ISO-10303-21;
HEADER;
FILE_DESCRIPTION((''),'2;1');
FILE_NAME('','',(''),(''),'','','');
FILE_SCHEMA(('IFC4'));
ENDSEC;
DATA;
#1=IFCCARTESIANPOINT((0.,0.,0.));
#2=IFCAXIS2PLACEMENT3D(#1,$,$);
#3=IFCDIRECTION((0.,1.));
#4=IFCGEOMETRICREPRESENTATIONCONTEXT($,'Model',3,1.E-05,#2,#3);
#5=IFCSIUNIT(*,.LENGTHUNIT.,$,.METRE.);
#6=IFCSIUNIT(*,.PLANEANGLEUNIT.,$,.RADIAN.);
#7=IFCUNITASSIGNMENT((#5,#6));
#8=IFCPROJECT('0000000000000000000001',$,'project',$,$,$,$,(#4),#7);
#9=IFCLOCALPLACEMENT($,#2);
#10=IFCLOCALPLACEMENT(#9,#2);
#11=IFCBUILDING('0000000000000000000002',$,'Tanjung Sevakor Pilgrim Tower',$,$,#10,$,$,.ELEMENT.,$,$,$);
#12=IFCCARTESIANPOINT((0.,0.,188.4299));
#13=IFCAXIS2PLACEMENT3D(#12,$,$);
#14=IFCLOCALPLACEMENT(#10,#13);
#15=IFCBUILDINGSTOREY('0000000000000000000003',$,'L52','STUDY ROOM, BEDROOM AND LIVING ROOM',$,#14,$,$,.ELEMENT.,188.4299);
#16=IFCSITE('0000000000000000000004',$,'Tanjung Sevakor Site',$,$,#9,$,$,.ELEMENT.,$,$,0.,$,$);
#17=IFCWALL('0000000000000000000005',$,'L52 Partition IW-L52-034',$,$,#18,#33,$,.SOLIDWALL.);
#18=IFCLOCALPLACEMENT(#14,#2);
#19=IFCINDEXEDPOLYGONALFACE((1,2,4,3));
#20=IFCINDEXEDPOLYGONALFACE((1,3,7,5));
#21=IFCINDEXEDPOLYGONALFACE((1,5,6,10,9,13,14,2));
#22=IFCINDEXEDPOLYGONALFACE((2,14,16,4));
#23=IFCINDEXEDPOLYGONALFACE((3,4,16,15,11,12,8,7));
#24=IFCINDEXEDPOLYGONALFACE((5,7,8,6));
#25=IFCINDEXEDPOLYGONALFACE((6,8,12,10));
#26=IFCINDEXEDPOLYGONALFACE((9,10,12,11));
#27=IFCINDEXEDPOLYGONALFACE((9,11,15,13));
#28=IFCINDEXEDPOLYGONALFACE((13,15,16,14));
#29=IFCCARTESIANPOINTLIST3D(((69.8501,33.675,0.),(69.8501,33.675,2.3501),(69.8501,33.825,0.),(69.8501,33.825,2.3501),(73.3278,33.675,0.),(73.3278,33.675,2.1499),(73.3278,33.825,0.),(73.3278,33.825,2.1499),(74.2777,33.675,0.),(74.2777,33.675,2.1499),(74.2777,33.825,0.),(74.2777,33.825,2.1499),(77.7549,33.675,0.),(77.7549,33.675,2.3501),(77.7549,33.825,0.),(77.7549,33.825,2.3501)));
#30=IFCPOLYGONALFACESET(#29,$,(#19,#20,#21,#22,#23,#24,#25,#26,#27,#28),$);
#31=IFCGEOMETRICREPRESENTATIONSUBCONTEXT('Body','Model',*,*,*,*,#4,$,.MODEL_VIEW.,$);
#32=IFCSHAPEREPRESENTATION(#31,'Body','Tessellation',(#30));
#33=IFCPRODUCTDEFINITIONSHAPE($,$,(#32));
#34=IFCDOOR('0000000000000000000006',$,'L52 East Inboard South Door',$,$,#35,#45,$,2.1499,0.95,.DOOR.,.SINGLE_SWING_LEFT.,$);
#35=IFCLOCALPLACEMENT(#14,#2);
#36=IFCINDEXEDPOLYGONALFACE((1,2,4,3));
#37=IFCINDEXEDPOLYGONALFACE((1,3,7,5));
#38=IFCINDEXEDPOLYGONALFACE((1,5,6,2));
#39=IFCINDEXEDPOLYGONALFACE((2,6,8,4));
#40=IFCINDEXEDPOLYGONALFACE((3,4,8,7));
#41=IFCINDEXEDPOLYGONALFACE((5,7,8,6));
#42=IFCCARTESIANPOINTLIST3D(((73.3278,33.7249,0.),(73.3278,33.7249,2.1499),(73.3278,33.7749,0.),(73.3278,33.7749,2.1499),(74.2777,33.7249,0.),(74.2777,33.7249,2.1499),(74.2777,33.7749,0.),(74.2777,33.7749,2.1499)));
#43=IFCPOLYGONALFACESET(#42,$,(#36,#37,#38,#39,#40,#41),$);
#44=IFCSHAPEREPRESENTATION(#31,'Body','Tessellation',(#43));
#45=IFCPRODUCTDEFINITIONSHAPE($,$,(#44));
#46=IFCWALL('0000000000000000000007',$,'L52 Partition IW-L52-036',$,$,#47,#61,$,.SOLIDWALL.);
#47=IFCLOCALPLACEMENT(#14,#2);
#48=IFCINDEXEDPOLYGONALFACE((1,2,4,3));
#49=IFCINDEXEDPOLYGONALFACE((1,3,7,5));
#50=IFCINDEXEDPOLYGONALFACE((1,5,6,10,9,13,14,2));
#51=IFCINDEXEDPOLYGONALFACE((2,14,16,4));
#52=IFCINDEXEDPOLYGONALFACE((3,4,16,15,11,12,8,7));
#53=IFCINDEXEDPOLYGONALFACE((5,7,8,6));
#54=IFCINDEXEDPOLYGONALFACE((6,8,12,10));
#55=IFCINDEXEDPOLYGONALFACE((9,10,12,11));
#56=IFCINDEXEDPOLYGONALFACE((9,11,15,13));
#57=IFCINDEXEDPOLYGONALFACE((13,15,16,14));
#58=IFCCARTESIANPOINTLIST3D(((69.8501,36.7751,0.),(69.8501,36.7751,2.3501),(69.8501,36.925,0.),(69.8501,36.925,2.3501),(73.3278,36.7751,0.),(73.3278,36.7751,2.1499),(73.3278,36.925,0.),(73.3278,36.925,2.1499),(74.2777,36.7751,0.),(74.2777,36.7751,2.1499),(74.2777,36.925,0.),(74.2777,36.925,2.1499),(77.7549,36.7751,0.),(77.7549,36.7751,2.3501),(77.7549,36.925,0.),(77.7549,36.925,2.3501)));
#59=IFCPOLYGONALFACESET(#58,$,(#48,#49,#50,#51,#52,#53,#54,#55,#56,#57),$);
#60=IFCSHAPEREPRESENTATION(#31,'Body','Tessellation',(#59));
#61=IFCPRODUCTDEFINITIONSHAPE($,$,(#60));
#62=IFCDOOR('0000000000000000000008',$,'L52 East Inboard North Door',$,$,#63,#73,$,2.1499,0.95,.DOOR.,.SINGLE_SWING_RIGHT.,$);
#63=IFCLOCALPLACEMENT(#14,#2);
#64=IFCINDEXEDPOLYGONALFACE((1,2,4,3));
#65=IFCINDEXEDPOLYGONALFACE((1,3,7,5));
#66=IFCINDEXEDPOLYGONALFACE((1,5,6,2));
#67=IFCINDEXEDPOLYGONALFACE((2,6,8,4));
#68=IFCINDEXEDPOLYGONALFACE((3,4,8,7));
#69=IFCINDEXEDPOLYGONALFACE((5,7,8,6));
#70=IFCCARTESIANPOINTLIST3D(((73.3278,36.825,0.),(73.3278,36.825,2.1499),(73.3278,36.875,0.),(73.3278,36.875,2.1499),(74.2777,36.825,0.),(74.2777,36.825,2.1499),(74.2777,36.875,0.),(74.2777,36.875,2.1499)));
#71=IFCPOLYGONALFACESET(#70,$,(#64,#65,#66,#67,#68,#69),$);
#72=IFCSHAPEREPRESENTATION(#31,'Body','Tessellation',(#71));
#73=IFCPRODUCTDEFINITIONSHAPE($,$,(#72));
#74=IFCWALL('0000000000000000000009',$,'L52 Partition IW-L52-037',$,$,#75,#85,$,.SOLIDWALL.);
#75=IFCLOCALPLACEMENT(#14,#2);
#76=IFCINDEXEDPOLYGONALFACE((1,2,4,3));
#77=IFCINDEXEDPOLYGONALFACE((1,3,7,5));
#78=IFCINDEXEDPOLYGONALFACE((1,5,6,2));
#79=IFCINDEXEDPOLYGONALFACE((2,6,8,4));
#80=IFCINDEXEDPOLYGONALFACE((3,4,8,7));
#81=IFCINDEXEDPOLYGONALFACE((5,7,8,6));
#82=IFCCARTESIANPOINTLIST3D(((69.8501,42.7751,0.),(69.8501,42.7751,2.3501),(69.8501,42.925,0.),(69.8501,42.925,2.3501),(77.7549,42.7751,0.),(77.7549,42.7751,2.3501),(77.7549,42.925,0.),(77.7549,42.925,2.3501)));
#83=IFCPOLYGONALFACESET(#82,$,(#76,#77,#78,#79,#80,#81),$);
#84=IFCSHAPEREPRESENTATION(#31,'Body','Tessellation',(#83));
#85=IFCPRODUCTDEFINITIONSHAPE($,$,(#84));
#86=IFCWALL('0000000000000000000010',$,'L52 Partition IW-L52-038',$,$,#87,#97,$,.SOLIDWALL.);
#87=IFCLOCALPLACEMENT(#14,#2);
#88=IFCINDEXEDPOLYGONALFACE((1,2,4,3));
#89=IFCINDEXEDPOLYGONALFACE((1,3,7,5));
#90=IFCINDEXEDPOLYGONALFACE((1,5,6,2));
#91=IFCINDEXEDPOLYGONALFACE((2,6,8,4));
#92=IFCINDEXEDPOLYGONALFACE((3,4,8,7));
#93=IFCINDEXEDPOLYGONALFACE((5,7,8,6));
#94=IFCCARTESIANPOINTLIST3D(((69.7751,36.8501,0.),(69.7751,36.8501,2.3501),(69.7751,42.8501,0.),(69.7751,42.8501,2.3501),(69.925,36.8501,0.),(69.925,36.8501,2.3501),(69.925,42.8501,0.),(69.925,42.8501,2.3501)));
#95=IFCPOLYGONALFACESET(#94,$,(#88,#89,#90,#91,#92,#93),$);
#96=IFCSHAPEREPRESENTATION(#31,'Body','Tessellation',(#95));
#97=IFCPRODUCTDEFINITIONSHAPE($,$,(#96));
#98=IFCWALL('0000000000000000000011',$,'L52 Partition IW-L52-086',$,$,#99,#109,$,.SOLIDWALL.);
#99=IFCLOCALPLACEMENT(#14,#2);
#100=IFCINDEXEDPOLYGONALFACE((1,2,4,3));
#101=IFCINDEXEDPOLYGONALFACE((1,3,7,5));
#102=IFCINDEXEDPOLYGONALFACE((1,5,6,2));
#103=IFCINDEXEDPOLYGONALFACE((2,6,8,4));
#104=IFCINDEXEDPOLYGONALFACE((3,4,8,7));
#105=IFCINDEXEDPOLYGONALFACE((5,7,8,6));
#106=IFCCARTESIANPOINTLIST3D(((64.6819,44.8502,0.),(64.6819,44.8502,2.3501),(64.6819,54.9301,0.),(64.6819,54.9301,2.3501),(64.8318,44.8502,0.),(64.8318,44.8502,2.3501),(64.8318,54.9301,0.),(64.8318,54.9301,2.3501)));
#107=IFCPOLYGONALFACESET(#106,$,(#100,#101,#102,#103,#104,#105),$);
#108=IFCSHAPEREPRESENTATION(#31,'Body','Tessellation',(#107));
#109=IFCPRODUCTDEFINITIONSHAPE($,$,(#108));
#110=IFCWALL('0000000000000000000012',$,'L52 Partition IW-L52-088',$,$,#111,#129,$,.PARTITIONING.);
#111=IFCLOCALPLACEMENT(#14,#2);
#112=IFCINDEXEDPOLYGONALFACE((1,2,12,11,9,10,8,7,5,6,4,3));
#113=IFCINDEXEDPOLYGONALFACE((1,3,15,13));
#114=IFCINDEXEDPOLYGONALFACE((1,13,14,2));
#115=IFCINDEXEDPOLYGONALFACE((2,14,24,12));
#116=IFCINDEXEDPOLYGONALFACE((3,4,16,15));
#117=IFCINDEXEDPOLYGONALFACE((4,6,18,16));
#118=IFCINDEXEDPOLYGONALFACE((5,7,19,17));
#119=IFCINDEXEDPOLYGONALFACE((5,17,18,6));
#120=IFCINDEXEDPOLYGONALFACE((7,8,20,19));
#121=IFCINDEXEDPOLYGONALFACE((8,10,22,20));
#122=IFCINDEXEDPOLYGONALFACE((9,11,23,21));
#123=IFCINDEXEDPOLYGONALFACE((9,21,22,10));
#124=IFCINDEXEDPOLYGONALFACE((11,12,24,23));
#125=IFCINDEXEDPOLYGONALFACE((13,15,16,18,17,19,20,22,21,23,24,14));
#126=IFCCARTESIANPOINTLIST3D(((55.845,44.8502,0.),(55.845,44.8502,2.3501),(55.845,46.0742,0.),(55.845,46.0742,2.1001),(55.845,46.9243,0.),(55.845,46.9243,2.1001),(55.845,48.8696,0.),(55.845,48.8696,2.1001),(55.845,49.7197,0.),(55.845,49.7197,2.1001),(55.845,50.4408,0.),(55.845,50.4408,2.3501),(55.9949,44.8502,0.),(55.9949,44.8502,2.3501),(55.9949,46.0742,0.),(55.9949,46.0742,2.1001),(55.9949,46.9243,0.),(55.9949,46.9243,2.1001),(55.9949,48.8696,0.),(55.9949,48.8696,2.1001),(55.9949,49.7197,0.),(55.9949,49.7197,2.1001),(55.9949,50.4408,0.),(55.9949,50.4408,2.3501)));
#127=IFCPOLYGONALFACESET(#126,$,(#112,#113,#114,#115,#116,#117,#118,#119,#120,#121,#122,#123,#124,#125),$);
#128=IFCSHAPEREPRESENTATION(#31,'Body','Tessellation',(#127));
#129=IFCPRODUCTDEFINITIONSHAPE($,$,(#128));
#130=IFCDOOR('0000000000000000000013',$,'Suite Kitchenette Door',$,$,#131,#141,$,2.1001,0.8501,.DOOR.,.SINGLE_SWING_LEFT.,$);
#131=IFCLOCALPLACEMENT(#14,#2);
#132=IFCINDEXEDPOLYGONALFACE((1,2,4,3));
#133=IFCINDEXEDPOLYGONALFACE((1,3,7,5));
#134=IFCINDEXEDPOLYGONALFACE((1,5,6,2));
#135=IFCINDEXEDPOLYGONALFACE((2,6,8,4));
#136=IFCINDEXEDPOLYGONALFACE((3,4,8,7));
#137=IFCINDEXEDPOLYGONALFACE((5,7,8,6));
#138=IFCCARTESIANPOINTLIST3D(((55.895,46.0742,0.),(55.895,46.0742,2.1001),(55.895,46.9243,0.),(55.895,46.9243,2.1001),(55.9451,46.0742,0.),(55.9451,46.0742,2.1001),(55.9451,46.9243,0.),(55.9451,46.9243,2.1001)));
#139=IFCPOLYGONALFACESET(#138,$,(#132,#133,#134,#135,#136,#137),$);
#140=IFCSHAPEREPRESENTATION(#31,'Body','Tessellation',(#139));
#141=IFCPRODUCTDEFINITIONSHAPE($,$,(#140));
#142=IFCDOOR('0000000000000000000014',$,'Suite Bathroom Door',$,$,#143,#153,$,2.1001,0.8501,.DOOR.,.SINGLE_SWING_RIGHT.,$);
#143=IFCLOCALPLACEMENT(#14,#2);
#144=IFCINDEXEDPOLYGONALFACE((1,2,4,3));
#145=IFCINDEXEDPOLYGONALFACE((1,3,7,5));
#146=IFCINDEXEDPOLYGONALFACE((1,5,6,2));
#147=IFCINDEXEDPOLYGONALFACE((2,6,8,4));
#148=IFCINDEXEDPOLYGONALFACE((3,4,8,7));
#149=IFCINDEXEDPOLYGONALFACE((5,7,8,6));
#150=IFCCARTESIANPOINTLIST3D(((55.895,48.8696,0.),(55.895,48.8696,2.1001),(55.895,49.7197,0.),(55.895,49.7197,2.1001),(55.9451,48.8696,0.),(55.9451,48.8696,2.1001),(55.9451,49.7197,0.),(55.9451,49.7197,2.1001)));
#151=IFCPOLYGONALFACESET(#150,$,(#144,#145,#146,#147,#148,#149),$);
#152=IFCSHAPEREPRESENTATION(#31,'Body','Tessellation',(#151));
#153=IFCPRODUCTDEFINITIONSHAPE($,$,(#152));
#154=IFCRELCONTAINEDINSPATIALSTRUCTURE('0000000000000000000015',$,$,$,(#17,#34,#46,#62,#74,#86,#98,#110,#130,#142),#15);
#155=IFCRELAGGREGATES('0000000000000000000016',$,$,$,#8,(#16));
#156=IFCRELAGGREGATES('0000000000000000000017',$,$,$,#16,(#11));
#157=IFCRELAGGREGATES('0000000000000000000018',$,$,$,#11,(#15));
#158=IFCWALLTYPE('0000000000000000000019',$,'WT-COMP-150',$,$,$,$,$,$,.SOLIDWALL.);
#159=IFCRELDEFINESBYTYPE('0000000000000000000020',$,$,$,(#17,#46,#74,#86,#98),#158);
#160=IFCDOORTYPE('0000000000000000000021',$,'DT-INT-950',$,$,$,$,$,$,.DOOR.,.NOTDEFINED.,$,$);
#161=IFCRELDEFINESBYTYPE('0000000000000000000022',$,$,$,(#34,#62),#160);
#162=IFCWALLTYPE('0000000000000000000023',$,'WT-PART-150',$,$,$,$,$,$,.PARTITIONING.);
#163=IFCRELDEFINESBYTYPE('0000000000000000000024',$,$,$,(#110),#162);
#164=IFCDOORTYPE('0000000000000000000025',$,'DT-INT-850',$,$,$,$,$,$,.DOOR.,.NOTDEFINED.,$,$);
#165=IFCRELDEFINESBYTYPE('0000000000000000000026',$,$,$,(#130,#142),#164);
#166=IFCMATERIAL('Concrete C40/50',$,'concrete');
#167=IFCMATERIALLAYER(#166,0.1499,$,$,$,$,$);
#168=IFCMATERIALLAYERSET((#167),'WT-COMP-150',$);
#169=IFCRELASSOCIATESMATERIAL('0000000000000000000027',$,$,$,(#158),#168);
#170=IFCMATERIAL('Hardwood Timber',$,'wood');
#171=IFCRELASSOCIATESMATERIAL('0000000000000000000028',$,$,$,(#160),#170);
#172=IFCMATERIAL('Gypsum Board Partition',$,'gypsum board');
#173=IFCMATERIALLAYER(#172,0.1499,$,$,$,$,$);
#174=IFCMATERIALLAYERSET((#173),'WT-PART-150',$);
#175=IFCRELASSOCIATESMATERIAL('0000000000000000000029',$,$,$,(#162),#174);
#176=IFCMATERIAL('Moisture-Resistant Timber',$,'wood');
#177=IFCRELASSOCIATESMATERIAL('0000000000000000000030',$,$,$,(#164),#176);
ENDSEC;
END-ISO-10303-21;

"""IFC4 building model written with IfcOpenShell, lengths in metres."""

from ifc_helpers import new_model, si_unit, direction, frame, frame_2d, origin, place, context, subcontext, project, spatial, rectangle, extrude, material, layer, layer_set, type_object, element, fill, save


model = new_model("IFC4")

# Units and contexts
model_context = context("Model", 3, precision=1e-05, world=origin(), true_north=direction((0.0, 1.0)))
body_context = subcontext(model_context, "Body", "Model", "MODEL_VIEW")
ifc_project = project(units=[si_unit("LENGTHUNIT", "METRE"), si_unit("PLANEANGLEUNIT", "RADIAN")], contexts=[model_context])

# Site, building, storey
site_placement = place(None, origin())
site = spatial("IfcSite", under=ifc_project, at=site_placement, Name="Tanjung Sevakor Site", CompositionType="ELEMENT", RefElevation=0.0)
building_placement = place(site_placement, origin())
building = spatial("IfcBuilding", under=site, at=building_placement, Name="Tanjung Sevakor Pilgrim Tower", CompositionType="ELEMENT")
storey_placement = place(building_placement, frame((0.0, 0.0, 188.4299)))
storey = spatial("IfcBuildingStorey", under=building, at=storey_placement, Name="L52", Description="STUDY ROOM, BEDROOM AND LIVING ROOM", CompositionType="ELEMENT", Elevation=188.4299)

# Walls, openings, doors
ifc_material_1 = material(Name="Concrete C40/50", Category="concrete")
ifc_layer_1 = layer(ifc_material_1, 0.1499)
ifc_layer_set_1 = layer_set([ifc_layer_1], Name="WT-COMP-150")
wall_type_1 = type_object("IfcWallType", Name="WT-COMP-150", PredefinedType="SOLIDWALL", material=ifc_layer_set_1)
wall_1_placement = place(storey_placement, frame((69.8501, 33.75, 0.0), z_axis=(0.0, 0.0, 1.0), x_axis=(1.0, 0.0, 0.0)))
wall_1 = element("IfcWall", 1, at=wall_1_placement, inside=storey, type_object=wall_type_1, Name="L52 Partition IW-L52-034", PredefinedType="SOLIDWALL", context=body_context, shape_type="SweptSolid", body=[
    extrude(rectangle(XDim=7.9048, YDim=0.1499, at=frame_2d((3.9524, 0.0))), origin(), (0.0, 0.0, 1.0), 2.3501),
])
opening_1_placement = place(wall_1_placement, frame((3.4775, 0.0, 0.0)))
opening_1 = element("IfcOpeningElement", 2, at=opening_1_placement, cuts=wall_1, PredefinedType="OPENING", context=body_context, shape_type="SweptSolid", body=[
    extrude(rectangle(XDim=0.95, YDim=2.1499, at=frame_2d((0.4751, 1.075))), frame((0.0, 0.085, 0.0), z_axis=(0.0, -1.0, 0.0), x_axis=(1.0, 0.0, 0.0)), (0.0, 0.0, 1.0), 0.1699),
])
ifc_material_2 = material(Name="Hardwood Timber", Category="wood")
door_type_1 = type_object("IfcDoorType", Name="DT-INT-950", OperationType="NOTDEFINED", PredefinedType="DOOR", material=ifc_material_2)
door_1_placement = place(opening_1_placement, origin())
door_1 = element("IfcDoor", 3, at=door_1_placement, inside=storey, type_object=door_type_1, Name="L52 East Inboard South Door", OperationType="SINGLE_SWING_LEFT", OverallHeight=2.1499, OverallWidth=0.95, PredefinedType="DOOR", context=body_context, shape_type="SweptSolid", body=[
    extrude(rectangle(XDim=0.95, YDim=2.1499, at=frame_2d((0.4751, 1.075))), frame((0.0, 0.0249, 0.0), z_axis=(0.0, -1.0, 0.0), x_axis=(1.0, 0.0, 0.0)), (0.0, 0.0, 1.0), 0.05),
])
fill(opening_1, door_1)
wall_2_placement = place(storey_placement, frame((69.8501, 36.8501, 0.0), z_axis=(0.0, 0.0, 1.0), x_axis=(1.0, 0.0, 0.0)))
wall_2 = element("IfcWall", 4, at=wall_2_placement, inside=storey, type_object=wall_type_1, Name="L52 Partition IW-L52-036", PredefinedType="SOLIDWALL", context=body_context, shape_type="SweptSolid", body=[
    extrude(rectangle(XDim=7.9048, YDim=0.1499, at=frame_2d((3.9524, 0.0))), origin(), (0.0, 0.0, 1.0), 2.3501),
])
opening_2_placement = place(wall_2_placement, frame((3.4775, 0.0, 0.0)))
opening_2 = element("IfcOpeningElement", 5, at=opening_2_placement, cuts=wall_2, PredefinedType="OPENING", context=body_context, shape_type="SweptSolid", body=[
    extrude(rectangle(XDim=0.95, YDim=2.1499, at=frame_2d((0.4751, 1.075))), frame((0.0, 0.085, 0.0), z_axis=(0.0, -1.0, 0.0), x_axis=(1.0, 0.0, 0.0)), (0.0, 0.0, 1.0), 0.1699),
])
door_2_placement = place(opening_2_placement, origin())
door_2 = element("IfcDoor", 6, at=door_2_placement, inside=storey, type_object=door_type_1, Name="L52 East Inboard North Door", OperationType="SINGLE_SWING_RIGHT", OverallHeight=2.1499, OverallWidth=0.95, PredefinedType="DOOR", context=body_context, shape_type="SweptSolid", body=[
    extrude(rectangle(XDim=0.95, YDim=2.1499, at=frame_2d((0.4751, 1.075))), frame((0.0, 0.0249, 0.0), z_axis=(0.0, -1.0, 0.0), x_axis=(1.0, 0.0, 0.0)), (0.0, 0.0, 1.0), 0.05),
])
fill(opening_2, door_2)

# Walls
wall_3_placement = place(storey_placement, frame((69.8501, 42.8501, 0.0), z_axis=(0.0, 0.0, 1.0), x_axis=(1.0, 0.0, 0.0)))
element("IfcWall", 7, at=wall_3_placement, inside=storey, type_object=wall_type_1, Name="L52 Partition IW-L52-037", PredefinedType="SOLIDWALL", context=body_context, shape_type="SweptSolid", body=[
    extrude(rectangle(XDim=7.9048, YDim=0.1499, at=frame_2d((3.9524, 0.0))), origin(), (0.0, 0.0, 1.0), 2.3501),
])
wall_4_placement = place(storey_placement, frame((69.8501, 36.8501, 0.0), z_axis=(0.0, 0.0, 1.0), x_axis=(0.0, 1.0, 0.0)))
element("IfcWall", 8, at=wall_4_placement, inside=storey, type_object=wall_type_1, Name="L52 Partition IW-L52-038", PredefinedType="SOLIDWALL", context=body_context, shape_type="SweptSolid", body=[
    extrude(rectangle(XDim=6.0, YDim=0.1499, at=frame_2d((3.0, 0.0))), origin(), (0.0, 0.0, 1.0), 2.3501),
])
wall_5_placement = place(storey_placement, frame((64.7568, 44.8501, 0.0), z_axis=(0.0, 0.0, 1.0), x_axis=(0.0, 1.0, 0.0)))
element("IfcWall", 9, at=wall_5_placement, inside=storey, type_object=wall_type_1, Name="L52 Partition IW-L52-086", PredefinedType="SOLIDWALL", context=body_context, shape_type="SweptSolid", body=[
    extrude(rectangle(XDim=10.0798, YDim=0.1499, at=frame_2d((5.04, 0.0))), origin(), (0.0, 0.0, 1.0), 2.3501),
])

# Wall, openings, doors
ifc_material_3 = material(Name="Gypsum Board Partition", Category="gypsum board")
ifc_layer_2 = layer(ifc_material_3, 0.1499)
ifc_layer_set_2 = layer_set([ifc_layer_2], Name="WT-PART-150")
wall_type_2 = type_object("IfcWallType", Name="WT-PART-150", PredefinedType="PARTITIONING", material=ifc_layer_set_2)
wall_6_placement = place(storey_placement, frame((55.9199, 44.8501, 0.0), z_axis=(0.0, 0.0, 1.0), x_axis=(0.0, 1.0, 0.0)))
wall_6 = element("IfcWall", 10, at=wall_6_placement, inside=storey, type_object=wall_type_2, Name="L52 Partition IW-L52-088", PredefinedType="PARTITIONING", context=body_context, shape_type="SweptSolid", body=[
    extrude(rectangle(XDim=5.5906, YDim=0.1499, at=frame_2d((2.7954, 0.0))), origin(), (0.0, 0.0, 1.0), 2.3501),
])
opening_3_placement = place(wall_6_placement, frame((1.2241, 0.0, 0.0)))
opening_3 = element("IfcOpeningElement", 11, at=opening_3_placement, cuts=wall_6, PredefinedType="OPENING", context=body_context, shape_type="SweptSolid", body=[
    extrude(rectangle(XDim=0.8501, YDim=2.1001, at=frame_2d((0.425, 1.05))), frame((0.0, 0.085, 0.0), z_axis=(0.0, -1.0, 0.0), x_axis=(1.0, 0.0, 0.0)), (0.0, 0.0, 1.0), 0.1699),
])
opening_4_placement = place(wall_6_placement, frame((4.0195, 0.0, 0.0)))
opening_4 = element("IfcOpeningElement", 12, at=opening_4_placement, cuts=wall_6, PredefinedType="OPENING", context=body_context, shape_type="SweptSolid", body=[
    extrude(rectangle(XDim=0.8501, YDim=2.1001, at=frame_2d((0.425, 1.05))), frame((0.0, 0.085, 0.0), z_axis=(0.0, -1.0, 0.0), x_axis=(1.0, 0.0, 0.0)), (0.0, 0.0, 1.0), 0.1699),
])
ifc_material_4 = material(Name="Moisture-Resistant Timber", Category="wood")
door_type_2 = type_object("IfcDoorType", Name="DT-INT-850", OperationType="NOTDEFINED", PredefinedType="DOOR", material=ifc_material_4)
door_3_placement = place(opening_3_placement, origin())
door_3 = element("IfcDoor", 13, at=door_3_placement, inside=storey, type_object=door_type_2, Name="Suite Kitchenette Door", OperationType="SINGLE_SWING_LEFT", OverallHeight=2.1001, OverallWidth=0.8501, PredefinedType="DOOR", context=body_context, shape_type="SweptSolid", body=[
    extrude(rectangle(XDim=0.8501, YDim=2.1001, at=frame_2d((0.425, 1.05))), frame((0.0, 0.0249, 0.0), z_axis=(0.0, -1.0, 0.0), x_axis=(1.0, 0.0, 0.0)), (0.0, 0.0, 1.0), 0.05),
])
fill(opening_3, door_3)
door_4_placement = place(opening_4_placement, origin())
door_4 = element("IfcDoor", 14, at=door_4_placement, inside=storey, type_object=door_type_2, Name="Suite Bathroom Door", OperationType="SINGLE_SWING_RIGHT", OverallHeight=2.1001, OverallWidth=0.8501, PredefinedType="DOOR", context=body_context, shape_type="SweptSolid", body=[
    extrude(rectangle(XDim=0.8501, YDim=2.1001, at=frame_2d((0.425, 1.05))), frame((0.0, 0.0249, 0.0), z_axis=(0.0, -1.0, 0.0), x_axis=(1.0, 0.0, 0.0)), (0.0, 0.0, 1.0), 0.05),
])
fill(opening_4, door_4)

save(model, "model.ifc")
